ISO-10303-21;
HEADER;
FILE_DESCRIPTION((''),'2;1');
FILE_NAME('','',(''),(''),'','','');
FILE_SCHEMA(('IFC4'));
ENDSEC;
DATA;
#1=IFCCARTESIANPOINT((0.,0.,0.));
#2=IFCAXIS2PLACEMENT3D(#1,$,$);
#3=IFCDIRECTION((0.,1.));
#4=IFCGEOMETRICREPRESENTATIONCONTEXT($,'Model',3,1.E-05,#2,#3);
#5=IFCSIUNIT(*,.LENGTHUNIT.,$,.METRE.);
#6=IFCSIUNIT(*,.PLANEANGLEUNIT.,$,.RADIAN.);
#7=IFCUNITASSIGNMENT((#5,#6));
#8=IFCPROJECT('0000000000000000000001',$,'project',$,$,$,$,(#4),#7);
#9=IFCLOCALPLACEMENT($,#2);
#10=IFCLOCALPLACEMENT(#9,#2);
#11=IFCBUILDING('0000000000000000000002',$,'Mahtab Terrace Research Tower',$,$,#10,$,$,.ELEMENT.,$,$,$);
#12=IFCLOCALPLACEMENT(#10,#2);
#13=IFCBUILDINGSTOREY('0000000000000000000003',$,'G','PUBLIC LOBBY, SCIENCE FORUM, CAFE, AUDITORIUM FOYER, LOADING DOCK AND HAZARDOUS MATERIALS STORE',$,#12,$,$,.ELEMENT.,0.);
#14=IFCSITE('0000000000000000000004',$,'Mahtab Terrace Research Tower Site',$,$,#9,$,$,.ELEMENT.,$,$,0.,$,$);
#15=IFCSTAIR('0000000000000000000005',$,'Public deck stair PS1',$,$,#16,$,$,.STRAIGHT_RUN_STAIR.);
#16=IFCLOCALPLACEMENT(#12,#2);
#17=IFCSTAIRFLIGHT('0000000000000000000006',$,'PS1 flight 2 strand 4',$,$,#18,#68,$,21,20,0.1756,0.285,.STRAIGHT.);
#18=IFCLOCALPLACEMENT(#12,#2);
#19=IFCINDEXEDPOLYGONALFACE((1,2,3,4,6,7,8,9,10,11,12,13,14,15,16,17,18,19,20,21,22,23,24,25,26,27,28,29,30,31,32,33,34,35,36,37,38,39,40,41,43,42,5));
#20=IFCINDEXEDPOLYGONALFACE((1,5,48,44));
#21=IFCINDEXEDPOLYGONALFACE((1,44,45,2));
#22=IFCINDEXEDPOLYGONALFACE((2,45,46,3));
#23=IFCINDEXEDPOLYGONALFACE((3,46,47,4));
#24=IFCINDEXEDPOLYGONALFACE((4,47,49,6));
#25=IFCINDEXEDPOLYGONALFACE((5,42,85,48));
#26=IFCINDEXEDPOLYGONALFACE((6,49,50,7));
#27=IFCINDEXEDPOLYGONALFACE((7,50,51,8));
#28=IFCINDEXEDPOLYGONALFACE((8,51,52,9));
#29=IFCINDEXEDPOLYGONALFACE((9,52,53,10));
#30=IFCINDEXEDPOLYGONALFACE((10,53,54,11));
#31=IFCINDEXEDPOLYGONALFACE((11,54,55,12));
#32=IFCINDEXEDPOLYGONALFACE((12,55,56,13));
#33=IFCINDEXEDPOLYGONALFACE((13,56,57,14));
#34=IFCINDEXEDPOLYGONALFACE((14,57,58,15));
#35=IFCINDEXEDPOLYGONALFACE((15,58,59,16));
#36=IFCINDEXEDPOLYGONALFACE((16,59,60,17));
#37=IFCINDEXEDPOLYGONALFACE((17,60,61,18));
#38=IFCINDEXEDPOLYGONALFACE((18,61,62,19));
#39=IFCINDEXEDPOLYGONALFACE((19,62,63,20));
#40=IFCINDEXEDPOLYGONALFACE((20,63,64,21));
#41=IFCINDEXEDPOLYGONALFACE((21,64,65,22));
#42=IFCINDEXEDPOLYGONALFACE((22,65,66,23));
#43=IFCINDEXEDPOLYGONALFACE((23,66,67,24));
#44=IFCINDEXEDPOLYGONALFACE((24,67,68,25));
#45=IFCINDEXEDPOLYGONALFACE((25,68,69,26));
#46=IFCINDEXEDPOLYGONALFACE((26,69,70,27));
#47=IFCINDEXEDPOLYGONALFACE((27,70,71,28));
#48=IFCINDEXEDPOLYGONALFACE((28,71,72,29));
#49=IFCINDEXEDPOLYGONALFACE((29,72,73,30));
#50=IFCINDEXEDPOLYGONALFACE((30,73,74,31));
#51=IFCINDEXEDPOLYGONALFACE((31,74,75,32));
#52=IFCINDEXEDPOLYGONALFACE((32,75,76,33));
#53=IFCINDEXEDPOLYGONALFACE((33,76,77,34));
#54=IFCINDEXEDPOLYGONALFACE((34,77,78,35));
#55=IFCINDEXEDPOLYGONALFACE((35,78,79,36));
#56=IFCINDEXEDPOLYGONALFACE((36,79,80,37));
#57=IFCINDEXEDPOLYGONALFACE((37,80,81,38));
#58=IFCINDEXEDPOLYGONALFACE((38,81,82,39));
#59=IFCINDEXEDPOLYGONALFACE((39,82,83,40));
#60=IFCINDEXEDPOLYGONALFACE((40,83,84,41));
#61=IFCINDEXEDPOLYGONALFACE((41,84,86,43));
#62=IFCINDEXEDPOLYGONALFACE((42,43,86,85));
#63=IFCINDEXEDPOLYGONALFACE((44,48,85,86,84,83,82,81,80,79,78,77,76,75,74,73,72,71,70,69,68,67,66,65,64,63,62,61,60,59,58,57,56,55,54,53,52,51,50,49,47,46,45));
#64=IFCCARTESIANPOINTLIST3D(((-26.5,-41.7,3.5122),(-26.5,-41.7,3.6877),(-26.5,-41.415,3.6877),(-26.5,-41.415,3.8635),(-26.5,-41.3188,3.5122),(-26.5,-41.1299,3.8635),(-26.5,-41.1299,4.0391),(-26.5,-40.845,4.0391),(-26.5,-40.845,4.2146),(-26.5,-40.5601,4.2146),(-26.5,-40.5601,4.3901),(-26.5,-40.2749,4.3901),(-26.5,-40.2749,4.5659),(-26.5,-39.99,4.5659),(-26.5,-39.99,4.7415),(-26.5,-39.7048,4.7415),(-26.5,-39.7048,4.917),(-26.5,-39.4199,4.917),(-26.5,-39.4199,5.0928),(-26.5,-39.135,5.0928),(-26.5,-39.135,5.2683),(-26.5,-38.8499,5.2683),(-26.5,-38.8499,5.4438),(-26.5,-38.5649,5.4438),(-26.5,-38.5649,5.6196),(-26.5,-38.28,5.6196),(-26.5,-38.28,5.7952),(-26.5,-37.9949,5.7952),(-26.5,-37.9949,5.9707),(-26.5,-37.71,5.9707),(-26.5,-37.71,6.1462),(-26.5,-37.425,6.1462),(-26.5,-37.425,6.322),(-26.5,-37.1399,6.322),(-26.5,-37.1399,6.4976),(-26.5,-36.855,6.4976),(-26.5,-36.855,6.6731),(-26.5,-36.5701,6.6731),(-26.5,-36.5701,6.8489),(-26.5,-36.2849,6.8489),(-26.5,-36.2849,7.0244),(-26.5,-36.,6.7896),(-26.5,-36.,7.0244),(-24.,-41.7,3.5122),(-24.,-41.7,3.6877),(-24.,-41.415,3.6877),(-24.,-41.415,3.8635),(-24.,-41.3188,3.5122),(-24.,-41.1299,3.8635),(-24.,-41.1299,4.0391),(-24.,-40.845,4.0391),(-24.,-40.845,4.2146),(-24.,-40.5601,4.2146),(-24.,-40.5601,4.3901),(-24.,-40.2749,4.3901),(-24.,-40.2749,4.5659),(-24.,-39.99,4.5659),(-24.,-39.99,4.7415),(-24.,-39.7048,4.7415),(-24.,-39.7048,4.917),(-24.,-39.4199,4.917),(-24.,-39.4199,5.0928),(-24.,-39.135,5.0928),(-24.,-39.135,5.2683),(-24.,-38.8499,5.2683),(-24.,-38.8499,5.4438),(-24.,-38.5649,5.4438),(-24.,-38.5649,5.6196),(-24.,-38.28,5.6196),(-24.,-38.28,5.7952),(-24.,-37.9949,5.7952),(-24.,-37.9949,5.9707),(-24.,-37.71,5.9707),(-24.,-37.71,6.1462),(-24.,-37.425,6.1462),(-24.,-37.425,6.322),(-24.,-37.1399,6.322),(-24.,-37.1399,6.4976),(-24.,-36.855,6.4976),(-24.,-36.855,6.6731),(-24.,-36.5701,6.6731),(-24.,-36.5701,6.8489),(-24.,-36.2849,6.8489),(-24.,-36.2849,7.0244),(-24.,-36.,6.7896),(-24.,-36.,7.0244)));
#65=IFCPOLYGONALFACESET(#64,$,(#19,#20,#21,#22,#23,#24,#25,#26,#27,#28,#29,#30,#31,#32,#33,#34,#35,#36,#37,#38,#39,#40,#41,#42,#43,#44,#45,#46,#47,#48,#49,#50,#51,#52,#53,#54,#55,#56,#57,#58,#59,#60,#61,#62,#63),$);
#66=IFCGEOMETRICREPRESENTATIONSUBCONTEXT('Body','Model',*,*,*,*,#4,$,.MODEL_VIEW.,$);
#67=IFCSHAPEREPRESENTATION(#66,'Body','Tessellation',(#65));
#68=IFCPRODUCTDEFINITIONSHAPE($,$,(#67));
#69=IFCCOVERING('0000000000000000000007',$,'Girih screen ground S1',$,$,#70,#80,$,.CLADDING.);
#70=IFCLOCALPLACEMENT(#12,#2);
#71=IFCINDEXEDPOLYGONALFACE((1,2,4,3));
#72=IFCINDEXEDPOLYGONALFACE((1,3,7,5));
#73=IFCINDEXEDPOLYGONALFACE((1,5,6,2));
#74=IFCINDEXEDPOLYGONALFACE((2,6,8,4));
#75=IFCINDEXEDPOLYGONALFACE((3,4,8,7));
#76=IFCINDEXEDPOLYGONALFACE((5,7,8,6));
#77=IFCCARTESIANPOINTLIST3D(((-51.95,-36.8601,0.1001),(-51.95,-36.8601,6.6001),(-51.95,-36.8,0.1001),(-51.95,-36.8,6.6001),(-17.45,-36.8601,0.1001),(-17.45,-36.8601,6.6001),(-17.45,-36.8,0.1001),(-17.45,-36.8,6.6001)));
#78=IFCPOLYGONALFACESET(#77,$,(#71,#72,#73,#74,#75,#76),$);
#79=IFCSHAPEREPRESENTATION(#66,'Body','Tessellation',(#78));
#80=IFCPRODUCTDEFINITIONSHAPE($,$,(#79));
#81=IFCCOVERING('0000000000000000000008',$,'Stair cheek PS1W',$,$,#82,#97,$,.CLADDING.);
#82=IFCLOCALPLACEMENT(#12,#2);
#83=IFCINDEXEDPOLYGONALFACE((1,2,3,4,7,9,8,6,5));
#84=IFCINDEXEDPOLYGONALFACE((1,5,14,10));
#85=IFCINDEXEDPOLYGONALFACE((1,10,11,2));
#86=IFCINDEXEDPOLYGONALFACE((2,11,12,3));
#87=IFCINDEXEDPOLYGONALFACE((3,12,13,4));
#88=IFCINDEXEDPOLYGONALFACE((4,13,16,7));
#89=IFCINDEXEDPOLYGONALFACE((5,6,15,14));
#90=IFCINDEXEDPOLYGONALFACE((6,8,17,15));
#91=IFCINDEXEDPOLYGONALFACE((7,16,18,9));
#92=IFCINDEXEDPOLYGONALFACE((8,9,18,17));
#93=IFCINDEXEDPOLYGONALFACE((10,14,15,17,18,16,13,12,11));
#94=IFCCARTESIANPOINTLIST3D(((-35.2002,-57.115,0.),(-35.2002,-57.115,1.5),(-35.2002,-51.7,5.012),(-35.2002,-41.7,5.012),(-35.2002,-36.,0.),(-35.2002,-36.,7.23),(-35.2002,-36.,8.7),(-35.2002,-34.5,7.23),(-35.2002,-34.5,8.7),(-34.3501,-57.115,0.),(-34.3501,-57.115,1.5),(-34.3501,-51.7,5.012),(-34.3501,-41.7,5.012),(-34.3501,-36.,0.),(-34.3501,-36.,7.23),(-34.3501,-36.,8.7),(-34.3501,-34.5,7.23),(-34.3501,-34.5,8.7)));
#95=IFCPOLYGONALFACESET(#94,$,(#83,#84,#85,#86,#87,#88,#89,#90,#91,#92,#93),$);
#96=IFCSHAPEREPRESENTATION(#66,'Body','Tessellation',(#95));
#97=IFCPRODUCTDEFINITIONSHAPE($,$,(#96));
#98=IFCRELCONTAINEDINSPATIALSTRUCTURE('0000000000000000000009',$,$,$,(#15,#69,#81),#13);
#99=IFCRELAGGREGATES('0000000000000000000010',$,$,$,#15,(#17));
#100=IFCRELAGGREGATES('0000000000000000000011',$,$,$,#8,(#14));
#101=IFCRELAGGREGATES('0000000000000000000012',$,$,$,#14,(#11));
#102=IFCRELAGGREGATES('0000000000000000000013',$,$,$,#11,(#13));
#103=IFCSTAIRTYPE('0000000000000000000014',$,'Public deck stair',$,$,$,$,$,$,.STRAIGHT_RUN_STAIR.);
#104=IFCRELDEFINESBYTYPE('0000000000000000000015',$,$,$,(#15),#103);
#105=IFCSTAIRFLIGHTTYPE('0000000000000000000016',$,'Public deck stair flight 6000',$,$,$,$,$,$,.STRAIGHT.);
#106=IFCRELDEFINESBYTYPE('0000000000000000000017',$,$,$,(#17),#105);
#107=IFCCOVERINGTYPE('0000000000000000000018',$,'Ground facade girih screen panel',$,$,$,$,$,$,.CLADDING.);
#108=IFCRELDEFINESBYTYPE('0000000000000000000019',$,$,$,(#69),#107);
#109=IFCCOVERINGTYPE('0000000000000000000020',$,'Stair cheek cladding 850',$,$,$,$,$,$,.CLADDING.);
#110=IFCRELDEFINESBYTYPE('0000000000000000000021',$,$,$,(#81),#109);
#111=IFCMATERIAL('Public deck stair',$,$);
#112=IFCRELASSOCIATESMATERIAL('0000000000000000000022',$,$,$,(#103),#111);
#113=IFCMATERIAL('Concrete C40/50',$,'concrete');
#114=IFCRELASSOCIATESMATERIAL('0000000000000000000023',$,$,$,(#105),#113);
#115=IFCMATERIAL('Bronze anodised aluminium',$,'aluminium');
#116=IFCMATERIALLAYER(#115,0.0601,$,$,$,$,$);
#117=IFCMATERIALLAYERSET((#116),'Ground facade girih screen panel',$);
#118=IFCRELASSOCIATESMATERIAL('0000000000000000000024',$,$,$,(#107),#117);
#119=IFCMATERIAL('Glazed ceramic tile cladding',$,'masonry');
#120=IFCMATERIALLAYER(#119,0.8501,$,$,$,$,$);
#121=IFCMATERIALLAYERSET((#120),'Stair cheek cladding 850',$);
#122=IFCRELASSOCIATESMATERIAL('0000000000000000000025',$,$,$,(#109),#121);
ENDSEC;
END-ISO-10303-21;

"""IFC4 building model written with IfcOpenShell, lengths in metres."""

from ifc_helpers import new_model, si_unit, direction, frame, origin, origin_2d, place, context, subcontext, project, spatial, polyline, rectangle, outline, extrude, material, layer, layer_set, type_object, element, aggregate, save


model = new_model("IFC4")

# Units and contexts
model_context = context("Model", 3, precision=1e-05, world=origin(), true_north=direction((0.0, 1.0)))
body_context = subcontext(model_context, "Body", "Model", "MODEL_VIEW")
ifc_project = project(units=[si_unit("LENGTHUNIT", "METRE"), si_unit("PLANEANGLEUNIT", "RADIAN")], contexts=[model_context])

# Site, building, storey
site_placement = place(None, origin())
site = spatial("IfcSite", under=ifc_project, at=site_placement, Name="Mahtab Terrace Research Tower Site", CompositionType="ELEMENT", RefElevation=0.0)
building_placement = place(site_placement, origin())
building = spatial("IfcBuilding", under=site, at=building_placement, Name="Mahtab Terrace Research Tower", CompositionType="ELEMENT")
storey_placement = place(building_placement, origin())
storey = spatial("IfcBuildingStorey", under=building, at=storey_placement, Name="G", Description="PUBLIC LOBBY, SCIENCE FORUM, CAFE, AUDITORIUM FOYER, LOADING DOCK AND HAZARDOUS MATERIALS STORE", CompositionType="ELEMENT", Elevation=0.0)

# Stair, stair flight
ifc_material_1 = material(Name="Public deck stair")
stair_type = type_object("IfcStairType", Name="Public deck stair", PredefinedType="STRAIGHT_RUN_STAIR", material=ifc_material_1)
stair_placement = place(storey_placement, origin())
stair = element("IfcStair", 1, at=stair_placement, inside=storey, type_object=stair_type, Name="Public deck stair PS1", PredefinedType="STRAIGHT_RUN_STAIR")
ifc_material_2 = material(Name="Concrete C40/50", Category="concrete")
stair_flight_type = type_object("IfcStairFlightType", Name="Public deck stair flight 6000", PredefinedType="STRAIGHT", material=ifc_material_2)
stair_flight_1_placement = place(storey_placement, frame((-25.25, -41.7, 3.5122), z_axis=(0.0, 0.0, 1.0), x_axis=(0.0, 1.0, 0.0)))
stair_flight_1 = element("IfcStairFlight", 2, at=stair_flight_1_placement, type_object=stair_flight_type, Name="PS1 flight 2 strand 4", NumberOfRisers=21, NumberOfTreads=20, PredefinedType="STRAIGHT", RiserHeight=0.1756, TreadLength=0.285, context=body_context, shape_type="SweptSolid", body=[
    extrude(outline(polyline([(0.0, 0.0), (0.0, 0.1755), (0.2849, 0.1755), (0.2849, 0.3513), (0.5701, 0.3513), (0.5701, 0.5269), (0.855, 0.5269), (0.855, 0.7024), (1.1399, 0.7024), (1.1399, 0.8779), (1.425, 0.8779), (1.425, 1.0537), (1.71, 1.0537), (1.71, 1.2292), (1.9951, 1.2292), (1.9951, 1.4048), (2.28, 1.4048), (2.28, 1.5806), (2.5649, 1.5806), (2.5649, 1.7561), (2.8501, 1.7561), (2.8501, 1.9316), (3.135, 1.9316), (3.135, 2.1074), (3.4199, 2.1074), (3.4199, 2.283), (3.7051, 2.283), (3.7051, 2.4585), (3.99, 2.4585), (3.99, 2.634), (4.2749, 2.634), (4.2749, 2.8098), (4.5601, 2.8098), (4.5601, 2.9854), (4.845, 2.9854), (4.845, 3.1609), (5.1299, 3.1609), (5.1299, 3.3367), (5.415, 3.3367), (5.415, 3.5122), (5.7, 3.5122), (5.7, 3.6877), (5.7, 3.2773), (0.3811, 0.0), (0.0, 0.0)])), frame((0.0, 1.25, 0.0), z_axis=(0.0, -1.0, 0.0), x_axis=(1.0, 0.0, 0.0)), (0.0, 0.0, 1.0), 2.5),
])
aggregate(stair, [stair_flight_1])

# Coverings
ifc_material_3 = material(Name="Bronze anodised aluminium", Category="aluminium")
ifc_layer_1 = layer(ifc_material_3, 0.0601)
ifc_layer_set_1 = layer_set([ifc_layer_1], Name="Ground facade girih screen panel")
covering_type_1 = type_object("IfcCoveringType", Name="Ground facade girih screen panel", PredefinedType="CLADDING", material=ifc_layer_set_1)
covering_1_placement = place(storey_placement, frame((-34.7, -36.8301, 0.1001), z_axis=(0.0, 0.0, 1.0), x_axis=(1.0, 0.0, 0.0)))
element("IfcCovering", 3, at=covering_1_placement, inside=storey, type_object=covering_type_1, Name="Girih screen ground S1", PredefinedType="CLADDING", context=body_context, shape_type="SweptSolid", body=[
    extrude(rectangle(XDim=34.5, YDim=0.0601, at=origin_2d()), origin(), (0.0, 0.0, 1.0), 6.5),
])
ifc_material_4 = material(Name="Glazed ceramic tile cladding", Category="masonry")
ifc_layer_2 = layer(ifc_material_4, 0.8501)
ifc_layer_set_2 = layer_set([ifc_layer_2], Name="Stair cheek cladding 850")
covering_type_2 = type_object("IfcCoveringType", Name="Stair cheek cladding 850", PredefinedType="CLADDING", material=ifc_layer_set_2)
covering_2_placement = place(storey_placement, frame((-34.3501, -36.0, 0.0), z_axis=(1.0, 0.0, 0.0), x_axis=(0.0, 0.0, 1.0)))
element("IfcCovering", 4, at=covering_2_placement, inside=storey, type_object=covering_type_2, Name="Stair cheek PS1W", PredefinedType="CLADDING", context=body_context, shape_type="SweptSolid", body=[
    extrude(outline(polyline([(0.0, 0.0), (7.23, 0.0), (7.23, -1.5), (8.7, -1.5), (8.7, 0.0), (5.012, 5.7), (5.012, 15.7), (1.5, 21.115), (0.0, 21.115), (0.0, 0.0)])), origin(), (0.0, 0.0, -1.0), 0.8501),
])

save(model, "model.ifc")
